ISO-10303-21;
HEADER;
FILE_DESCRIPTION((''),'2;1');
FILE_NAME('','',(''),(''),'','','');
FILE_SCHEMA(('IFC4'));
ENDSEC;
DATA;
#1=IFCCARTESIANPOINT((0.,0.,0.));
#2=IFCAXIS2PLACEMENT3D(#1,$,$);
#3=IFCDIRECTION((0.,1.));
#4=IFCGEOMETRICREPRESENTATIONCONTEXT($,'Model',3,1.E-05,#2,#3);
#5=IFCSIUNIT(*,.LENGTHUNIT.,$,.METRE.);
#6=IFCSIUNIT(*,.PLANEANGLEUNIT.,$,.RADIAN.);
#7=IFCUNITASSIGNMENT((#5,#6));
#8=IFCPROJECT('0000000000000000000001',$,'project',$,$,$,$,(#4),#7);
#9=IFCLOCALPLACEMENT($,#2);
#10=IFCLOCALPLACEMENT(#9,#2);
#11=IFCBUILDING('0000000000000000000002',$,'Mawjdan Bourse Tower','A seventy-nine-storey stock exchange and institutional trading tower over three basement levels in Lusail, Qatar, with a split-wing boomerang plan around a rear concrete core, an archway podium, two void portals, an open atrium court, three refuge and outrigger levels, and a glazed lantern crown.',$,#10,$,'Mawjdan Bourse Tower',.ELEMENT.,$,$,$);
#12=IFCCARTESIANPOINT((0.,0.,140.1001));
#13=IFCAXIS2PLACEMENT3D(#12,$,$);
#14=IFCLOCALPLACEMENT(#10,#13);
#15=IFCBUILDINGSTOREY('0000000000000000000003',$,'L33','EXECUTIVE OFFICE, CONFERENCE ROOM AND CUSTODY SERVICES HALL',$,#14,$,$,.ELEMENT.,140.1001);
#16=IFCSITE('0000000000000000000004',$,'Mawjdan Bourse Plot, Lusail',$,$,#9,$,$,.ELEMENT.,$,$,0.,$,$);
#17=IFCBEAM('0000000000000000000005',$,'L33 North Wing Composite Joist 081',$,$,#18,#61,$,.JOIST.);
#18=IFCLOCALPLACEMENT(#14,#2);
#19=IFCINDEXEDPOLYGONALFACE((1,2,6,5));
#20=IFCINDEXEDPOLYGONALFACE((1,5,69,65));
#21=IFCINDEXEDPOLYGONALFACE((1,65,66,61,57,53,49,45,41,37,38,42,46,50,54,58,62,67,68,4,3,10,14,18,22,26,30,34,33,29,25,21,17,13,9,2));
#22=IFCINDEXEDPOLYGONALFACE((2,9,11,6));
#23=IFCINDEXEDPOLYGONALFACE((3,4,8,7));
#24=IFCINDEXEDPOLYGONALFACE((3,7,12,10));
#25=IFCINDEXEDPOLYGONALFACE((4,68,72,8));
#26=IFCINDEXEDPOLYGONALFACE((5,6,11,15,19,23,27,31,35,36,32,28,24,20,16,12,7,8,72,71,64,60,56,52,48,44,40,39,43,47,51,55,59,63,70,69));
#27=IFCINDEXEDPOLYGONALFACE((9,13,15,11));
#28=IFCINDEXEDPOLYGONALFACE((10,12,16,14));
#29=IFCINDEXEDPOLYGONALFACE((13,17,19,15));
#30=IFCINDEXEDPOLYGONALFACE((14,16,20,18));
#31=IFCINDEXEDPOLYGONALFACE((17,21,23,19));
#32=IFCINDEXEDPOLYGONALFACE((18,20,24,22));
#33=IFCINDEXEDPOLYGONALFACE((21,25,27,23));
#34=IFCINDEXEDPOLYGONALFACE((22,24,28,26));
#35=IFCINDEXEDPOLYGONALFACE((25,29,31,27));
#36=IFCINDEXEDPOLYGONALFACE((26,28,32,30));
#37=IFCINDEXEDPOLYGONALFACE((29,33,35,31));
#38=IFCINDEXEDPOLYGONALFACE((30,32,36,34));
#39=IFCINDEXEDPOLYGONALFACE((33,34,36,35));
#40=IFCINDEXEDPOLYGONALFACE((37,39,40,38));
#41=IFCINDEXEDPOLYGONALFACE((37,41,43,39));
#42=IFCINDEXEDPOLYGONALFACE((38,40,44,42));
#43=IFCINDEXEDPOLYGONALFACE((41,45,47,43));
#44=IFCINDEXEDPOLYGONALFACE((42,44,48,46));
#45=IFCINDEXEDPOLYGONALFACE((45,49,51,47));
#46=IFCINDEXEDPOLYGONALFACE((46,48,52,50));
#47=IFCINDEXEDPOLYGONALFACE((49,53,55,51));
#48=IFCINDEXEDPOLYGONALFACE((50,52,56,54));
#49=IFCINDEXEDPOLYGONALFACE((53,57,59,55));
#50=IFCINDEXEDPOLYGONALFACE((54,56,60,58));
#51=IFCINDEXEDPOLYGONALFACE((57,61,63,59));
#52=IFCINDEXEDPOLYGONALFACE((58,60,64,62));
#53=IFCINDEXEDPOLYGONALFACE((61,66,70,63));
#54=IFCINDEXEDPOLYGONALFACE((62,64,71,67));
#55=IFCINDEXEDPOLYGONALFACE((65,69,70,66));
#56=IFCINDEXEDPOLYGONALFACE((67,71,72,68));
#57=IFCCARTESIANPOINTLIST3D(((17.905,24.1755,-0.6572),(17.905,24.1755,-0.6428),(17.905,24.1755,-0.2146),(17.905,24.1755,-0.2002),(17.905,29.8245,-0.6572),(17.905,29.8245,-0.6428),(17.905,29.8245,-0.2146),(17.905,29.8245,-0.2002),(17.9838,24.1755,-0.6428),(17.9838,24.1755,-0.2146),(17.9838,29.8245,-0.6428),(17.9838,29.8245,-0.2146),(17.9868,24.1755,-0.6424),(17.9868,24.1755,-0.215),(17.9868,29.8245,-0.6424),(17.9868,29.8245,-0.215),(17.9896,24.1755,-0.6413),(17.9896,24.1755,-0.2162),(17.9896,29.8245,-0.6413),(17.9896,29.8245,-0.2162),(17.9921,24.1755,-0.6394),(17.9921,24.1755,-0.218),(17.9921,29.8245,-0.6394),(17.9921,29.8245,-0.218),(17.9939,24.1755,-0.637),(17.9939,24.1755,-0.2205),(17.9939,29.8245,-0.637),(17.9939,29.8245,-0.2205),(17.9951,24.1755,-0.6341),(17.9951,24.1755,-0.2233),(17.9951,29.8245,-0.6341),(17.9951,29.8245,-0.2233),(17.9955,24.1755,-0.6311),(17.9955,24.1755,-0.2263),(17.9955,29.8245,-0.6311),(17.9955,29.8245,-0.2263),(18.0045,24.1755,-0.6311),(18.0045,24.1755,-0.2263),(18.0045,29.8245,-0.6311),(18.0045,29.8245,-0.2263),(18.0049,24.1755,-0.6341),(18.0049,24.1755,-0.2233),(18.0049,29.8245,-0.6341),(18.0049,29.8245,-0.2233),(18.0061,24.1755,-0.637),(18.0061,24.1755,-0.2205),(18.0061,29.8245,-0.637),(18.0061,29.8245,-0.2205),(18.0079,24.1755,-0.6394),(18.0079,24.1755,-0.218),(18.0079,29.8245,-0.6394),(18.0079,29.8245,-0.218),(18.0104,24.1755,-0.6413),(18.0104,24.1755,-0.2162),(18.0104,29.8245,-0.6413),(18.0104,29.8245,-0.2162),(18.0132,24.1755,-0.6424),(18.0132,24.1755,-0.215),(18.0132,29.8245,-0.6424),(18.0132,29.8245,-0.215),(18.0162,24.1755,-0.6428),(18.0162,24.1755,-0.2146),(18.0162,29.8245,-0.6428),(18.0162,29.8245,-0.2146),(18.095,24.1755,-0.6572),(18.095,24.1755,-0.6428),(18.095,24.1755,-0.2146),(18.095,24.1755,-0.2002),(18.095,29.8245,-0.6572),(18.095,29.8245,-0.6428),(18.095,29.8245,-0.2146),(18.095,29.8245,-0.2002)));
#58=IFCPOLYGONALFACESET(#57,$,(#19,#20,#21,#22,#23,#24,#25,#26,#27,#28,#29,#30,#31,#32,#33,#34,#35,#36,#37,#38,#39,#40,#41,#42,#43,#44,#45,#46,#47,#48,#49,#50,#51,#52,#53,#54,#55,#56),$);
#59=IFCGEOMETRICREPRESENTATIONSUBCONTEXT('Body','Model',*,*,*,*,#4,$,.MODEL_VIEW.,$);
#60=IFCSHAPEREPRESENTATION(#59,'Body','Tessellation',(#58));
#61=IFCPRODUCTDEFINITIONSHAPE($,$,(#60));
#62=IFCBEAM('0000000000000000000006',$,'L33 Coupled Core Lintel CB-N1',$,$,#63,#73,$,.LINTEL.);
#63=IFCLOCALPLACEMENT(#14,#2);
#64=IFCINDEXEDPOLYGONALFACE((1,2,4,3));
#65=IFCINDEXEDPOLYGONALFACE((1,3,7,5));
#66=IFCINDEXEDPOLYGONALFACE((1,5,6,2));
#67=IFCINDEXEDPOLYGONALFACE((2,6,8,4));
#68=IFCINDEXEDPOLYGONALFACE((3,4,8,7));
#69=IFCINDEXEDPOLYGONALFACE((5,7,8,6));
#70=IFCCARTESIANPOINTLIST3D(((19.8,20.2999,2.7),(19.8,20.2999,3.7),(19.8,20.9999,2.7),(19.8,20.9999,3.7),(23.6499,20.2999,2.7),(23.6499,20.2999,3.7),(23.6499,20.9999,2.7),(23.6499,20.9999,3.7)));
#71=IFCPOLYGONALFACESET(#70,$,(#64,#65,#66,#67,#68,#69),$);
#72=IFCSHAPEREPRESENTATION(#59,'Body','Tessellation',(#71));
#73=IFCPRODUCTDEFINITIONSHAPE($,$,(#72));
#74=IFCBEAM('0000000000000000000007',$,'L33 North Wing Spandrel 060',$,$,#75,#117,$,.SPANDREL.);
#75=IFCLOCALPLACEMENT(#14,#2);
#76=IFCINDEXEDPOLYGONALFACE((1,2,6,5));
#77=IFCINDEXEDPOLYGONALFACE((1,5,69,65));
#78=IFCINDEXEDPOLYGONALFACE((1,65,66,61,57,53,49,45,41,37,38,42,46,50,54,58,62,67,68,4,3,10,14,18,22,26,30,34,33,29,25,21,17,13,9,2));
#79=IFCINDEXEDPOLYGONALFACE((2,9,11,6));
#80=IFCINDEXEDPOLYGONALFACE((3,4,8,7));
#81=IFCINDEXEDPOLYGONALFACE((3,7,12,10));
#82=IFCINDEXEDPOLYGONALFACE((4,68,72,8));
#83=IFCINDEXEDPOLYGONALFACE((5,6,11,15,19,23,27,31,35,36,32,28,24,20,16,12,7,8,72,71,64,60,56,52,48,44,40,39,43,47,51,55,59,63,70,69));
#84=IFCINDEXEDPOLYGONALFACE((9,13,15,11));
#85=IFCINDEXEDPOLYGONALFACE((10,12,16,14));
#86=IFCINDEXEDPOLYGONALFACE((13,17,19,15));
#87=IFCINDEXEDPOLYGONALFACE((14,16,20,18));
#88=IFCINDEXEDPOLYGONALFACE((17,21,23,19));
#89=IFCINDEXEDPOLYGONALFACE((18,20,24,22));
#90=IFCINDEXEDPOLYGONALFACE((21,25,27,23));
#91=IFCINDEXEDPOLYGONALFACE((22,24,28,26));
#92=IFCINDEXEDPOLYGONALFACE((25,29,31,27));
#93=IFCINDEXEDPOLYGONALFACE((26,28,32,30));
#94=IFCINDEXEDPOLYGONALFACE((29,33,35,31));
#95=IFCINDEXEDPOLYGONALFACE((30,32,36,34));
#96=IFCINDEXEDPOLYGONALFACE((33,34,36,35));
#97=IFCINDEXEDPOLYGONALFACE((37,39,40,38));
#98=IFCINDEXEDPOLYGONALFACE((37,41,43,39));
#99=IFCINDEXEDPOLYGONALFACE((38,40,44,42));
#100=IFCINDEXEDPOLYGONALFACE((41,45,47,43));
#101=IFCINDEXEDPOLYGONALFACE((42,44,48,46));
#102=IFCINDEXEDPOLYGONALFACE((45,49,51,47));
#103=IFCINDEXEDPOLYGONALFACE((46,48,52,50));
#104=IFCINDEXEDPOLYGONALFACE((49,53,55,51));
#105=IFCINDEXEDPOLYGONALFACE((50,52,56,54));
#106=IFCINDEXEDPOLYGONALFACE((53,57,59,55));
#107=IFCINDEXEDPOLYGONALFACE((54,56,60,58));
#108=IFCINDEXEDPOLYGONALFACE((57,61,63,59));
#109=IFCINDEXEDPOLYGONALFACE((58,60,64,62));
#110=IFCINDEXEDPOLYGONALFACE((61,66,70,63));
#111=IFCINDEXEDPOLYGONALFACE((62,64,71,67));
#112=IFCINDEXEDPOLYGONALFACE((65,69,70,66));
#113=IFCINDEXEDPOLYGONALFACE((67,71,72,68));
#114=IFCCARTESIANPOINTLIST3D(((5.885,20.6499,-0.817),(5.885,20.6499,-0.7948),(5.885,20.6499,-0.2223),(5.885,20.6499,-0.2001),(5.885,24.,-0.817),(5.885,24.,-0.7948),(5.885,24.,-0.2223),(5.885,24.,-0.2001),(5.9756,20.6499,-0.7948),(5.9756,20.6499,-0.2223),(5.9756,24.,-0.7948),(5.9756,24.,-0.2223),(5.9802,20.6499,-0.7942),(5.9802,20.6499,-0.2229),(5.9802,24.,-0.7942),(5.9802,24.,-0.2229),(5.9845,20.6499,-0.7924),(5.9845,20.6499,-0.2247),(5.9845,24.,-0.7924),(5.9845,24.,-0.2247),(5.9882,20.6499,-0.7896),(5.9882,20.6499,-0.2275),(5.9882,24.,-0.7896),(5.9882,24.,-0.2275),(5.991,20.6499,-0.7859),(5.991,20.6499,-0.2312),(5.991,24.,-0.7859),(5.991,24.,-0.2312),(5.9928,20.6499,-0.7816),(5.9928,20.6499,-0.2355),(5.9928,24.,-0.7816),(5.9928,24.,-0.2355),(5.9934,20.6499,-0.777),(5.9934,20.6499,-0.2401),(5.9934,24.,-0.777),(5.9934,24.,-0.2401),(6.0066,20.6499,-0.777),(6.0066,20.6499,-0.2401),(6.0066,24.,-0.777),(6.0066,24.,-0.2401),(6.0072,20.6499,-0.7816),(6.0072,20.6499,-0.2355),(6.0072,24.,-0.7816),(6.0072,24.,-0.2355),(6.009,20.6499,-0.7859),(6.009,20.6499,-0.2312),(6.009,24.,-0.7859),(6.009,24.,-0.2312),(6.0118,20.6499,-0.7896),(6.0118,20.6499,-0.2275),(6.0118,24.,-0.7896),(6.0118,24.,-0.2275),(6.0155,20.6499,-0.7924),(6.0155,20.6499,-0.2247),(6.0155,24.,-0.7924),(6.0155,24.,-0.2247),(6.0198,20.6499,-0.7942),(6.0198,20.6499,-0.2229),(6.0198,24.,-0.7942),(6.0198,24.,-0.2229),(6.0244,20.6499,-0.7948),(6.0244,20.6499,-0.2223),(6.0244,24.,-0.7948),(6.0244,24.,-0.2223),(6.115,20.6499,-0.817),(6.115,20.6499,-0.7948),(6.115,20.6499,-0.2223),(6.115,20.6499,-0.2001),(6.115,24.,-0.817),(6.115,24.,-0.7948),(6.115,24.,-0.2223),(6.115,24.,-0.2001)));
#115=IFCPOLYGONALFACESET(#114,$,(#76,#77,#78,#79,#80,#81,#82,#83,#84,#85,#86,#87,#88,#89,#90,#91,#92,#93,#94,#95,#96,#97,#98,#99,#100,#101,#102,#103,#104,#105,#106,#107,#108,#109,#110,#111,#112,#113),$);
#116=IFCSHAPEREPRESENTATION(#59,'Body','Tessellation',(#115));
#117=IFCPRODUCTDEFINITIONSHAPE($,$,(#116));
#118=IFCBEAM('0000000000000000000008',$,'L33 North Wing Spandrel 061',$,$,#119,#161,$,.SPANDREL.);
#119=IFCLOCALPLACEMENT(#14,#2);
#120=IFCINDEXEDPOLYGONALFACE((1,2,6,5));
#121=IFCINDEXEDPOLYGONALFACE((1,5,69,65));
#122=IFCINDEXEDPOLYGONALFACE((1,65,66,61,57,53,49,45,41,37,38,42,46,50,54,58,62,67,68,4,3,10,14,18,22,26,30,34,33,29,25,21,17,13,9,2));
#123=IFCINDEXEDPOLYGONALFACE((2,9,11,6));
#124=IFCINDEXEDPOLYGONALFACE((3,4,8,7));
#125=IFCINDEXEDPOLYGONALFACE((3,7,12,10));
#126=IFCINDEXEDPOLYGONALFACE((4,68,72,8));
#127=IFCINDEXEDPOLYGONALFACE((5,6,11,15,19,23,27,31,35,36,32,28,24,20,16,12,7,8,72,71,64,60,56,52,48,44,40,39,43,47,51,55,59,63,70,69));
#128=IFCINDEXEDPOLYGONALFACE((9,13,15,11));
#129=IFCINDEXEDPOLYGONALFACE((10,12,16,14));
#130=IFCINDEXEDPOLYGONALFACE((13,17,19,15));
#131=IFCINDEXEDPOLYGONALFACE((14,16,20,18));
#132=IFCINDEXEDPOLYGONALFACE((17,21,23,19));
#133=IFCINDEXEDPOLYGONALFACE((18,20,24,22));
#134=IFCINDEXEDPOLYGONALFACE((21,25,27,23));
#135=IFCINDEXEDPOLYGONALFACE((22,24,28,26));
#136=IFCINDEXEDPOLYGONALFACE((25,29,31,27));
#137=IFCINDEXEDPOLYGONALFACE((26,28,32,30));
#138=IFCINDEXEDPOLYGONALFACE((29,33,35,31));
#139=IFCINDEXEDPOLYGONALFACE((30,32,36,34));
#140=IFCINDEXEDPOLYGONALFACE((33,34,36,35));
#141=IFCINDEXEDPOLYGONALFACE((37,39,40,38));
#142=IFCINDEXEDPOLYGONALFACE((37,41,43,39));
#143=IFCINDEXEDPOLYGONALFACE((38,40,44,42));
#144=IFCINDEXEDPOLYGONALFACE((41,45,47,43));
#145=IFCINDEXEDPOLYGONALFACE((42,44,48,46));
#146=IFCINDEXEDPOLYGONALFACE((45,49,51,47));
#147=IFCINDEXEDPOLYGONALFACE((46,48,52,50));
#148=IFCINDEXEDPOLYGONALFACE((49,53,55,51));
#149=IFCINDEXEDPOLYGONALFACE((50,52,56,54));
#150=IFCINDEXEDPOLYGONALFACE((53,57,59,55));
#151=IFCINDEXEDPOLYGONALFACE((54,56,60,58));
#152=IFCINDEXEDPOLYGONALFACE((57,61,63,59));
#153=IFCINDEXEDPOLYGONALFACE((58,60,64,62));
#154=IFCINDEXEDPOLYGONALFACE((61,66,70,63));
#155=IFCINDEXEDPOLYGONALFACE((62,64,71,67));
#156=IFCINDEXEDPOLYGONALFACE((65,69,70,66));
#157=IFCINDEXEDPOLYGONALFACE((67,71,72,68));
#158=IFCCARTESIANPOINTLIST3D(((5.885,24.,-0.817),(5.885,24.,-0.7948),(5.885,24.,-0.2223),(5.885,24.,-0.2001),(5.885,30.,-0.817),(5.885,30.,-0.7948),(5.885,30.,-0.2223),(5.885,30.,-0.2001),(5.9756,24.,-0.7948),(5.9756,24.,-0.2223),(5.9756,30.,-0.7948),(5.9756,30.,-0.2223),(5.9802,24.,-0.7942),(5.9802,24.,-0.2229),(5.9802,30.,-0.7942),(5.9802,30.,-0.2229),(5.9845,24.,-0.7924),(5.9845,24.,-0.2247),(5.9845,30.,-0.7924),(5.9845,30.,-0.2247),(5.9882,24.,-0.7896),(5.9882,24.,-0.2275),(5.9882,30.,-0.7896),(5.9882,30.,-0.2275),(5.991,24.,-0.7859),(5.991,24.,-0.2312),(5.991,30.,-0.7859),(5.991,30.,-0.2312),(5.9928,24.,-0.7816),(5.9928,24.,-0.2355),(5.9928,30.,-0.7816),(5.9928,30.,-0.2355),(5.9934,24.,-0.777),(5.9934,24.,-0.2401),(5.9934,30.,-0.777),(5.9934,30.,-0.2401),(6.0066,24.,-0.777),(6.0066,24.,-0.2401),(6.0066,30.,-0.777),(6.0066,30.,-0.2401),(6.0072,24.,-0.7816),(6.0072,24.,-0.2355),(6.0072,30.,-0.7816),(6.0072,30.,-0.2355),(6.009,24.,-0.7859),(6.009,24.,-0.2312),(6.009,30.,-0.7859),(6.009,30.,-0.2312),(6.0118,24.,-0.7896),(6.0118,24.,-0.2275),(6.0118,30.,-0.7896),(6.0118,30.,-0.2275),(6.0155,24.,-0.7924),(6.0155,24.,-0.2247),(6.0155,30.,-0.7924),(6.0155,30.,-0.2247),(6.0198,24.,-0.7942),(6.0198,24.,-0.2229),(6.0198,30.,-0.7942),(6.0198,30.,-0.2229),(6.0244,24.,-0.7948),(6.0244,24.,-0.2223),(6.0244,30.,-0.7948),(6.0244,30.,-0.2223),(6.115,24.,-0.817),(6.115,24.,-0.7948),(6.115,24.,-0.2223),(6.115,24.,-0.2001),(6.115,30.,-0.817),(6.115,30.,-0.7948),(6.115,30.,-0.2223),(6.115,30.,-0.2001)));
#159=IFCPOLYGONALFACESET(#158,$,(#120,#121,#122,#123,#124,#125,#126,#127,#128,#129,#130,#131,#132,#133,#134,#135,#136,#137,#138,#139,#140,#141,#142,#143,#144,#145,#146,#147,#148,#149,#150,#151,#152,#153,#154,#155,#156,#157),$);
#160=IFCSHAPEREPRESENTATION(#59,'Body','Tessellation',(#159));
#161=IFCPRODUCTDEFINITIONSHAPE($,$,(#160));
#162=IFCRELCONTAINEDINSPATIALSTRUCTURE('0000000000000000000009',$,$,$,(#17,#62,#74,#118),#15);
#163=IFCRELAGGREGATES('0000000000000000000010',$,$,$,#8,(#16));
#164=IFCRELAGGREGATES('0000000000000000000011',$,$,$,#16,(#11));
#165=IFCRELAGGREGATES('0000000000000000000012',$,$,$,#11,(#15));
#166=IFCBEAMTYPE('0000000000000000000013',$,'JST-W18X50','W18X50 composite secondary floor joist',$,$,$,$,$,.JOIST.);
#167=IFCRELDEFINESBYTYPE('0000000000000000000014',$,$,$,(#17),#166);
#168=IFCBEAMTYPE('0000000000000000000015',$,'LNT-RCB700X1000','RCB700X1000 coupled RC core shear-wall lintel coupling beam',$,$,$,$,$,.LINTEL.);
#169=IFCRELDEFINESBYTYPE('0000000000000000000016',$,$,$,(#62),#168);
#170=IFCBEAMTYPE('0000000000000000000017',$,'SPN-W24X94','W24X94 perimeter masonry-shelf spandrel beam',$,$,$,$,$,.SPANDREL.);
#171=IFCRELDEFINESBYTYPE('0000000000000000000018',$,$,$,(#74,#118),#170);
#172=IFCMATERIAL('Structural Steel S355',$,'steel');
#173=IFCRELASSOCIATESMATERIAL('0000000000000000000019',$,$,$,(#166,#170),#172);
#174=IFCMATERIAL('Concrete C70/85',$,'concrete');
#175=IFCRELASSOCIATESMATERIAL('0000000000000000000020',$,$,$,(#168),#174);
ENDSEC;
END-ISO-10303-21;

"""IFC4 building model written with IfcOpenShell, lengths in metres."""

from ifc_helpers import new_model, si_unit, direction, frame, origin, origin_2d, place, context, subcontext, project, spatial, rectangle, i_section, extrude, material, material_profile, profile_set, type_object, element, save


model = new_model("IFC4")

# Units and contexts
model_context = context("Model", 3, precision=1e-05, world=origin(), true_north=direction((0.0, 1.0)))
body_context = subcontext(model_context, "Body", "Model", "MODEL_VIEW")
ifc_project = project(units=[si_unit("LENGTHUNIT", "METRE"), si_unit("PLANEANGLEUNIT", "RADIAN")], contexts=[model_context])

# Site, building, storey
site_placement = place(None, origin())
site = spatial("IfcSite", under=ifc_project, at=site_placement, Name="Mawjdan Bourse Plot, Lusail", CompositionType="ELEMENT", RefElevation=0.0)
building_placement = place(site_placement, origin())
building = spatial("IfcBuilding", under=site, at=building_placement, Name="Mawjdan Bourse Tower", Description="A seventy-nine-storey stock exchange and institutional trading tower over three basement levels in Lusail, Qatar, with a split-wing boomerang plan around a rear concrete core, an archway podium, two void portals, an open atrium court, three refuge and outrigger levels, and a glazed lantern crown.", LongName="Mawjdan Bourse Tower", CompositionType="ELEMENT")
storey_placement = place(building_placement, frame((0.0, 0.0, 140.1001)))
storey = spatial("IfcBuildingStorey", under=building, at=storey_placement, Name="L33", Description="EXECUTIVE OFFICE, CONFERENCE ROOM AND CUSTODY SERVICES HALL", CompositionType="ELEMENT", Elevation=140.1001)

# Shared definitions
ifc_material_1 = material(Name="Concrete C70/85", Category="concrete")

# Beams
ifc_material_2 = material(Name="Structural Steel S355", Category="steel")
ifc_material_profile_1 = material_profile(ifc_material_2, i_section(OverallWidth=0.1899, OverallDepth=0.457, WebThickness=0.009, FlangeThickness=0.0144, FilletRadius=0.0117, at=origin_2d()), Name="W18X50")
ifc_profile_set_1 = profile_set([ifc_material_profile_1], Name="Structural Steel S355")
beam_type_1 = type_object("IfcBeamType", Name="JST-W18X50", Description="W18X50 composite secondary floor joist", PredefinedType="JOIST", material=ifc_profile_set_1)
beam_1_placement = place(storey_placement, frame((18.0, 24.1755, -0.4287), z_axis=(0.0, 1.0, 0.0), x_axis=(-1.0, 0.0, 0.0)))
element("IfcBeam", 1, at=beam_1_placement, inside=storey, type_object=beam_type_1, Name="L33 North Wing Composite Joist 081", PredefinedType="JOIST", context=body_context, shape_type="SweptSolid", body=[
    extrude(i_section(OverallWidth=0.1899, OverallDepth=0.457, WebThickness=0.009, FlangeThickness=0.0144, FilletRadius=0.0117, at=origin_2d()), origin(), (0.0, 0.0, 1.0), 5.6489),
])
ifc_material_profile_2 = material_profile(ifc_material_1, rectangle(XDim=0.7, YDim=1.0, at=origin_2d()), Name="RCB700X1000")
ifc_profile_set_2 = profile_set([ifc_material_profile_2], Name="Concrete C70/85")
beam_type_2 = type_object("IfcBeamType", Name="LNT-RCB700X1000", Description="RCB700X1000 coupled RC core shear-wall lintel coupling beam", PredefinedType="LINTEL", material=ifc_profile_set_2)
beam_2_placement = place(storey_placement, frame((19.8, 20.6499, 3.2), z_axis=(1.0, 0.0, 0.0), x_axis=(0.0, 1.0, 0.0)))
element("IfcBeam", 2, at=beam_2_placement, inside=storey, type_object=beam_type_2, Name="L33 Coupled Core Lintel CB-N1", PredefinedType="LINTEL", context=body_context, shape_type="SweptSolid", body=[
    extrude(rectangle(XDim=0.7, YDim=1.0, at=origin_2d()), origin(), (0.0, 0.0, 1.0), 3.8499),
])
ifc_material_profile_3 = material_profile(ifc_material_2, i_section(OverallWidth=0.23, OverallDepth=0.6169, WebThickness=0.0132, FlangeThickness=0.0222, FilletRadius=0.0178, at=origin_2d()), Name="W24X94")
ifc_profile_set_3 = profile_set([ifc_material_profile_3], Name="Structural Steel S355")
beam_type_3 = type_object("IfcBeamType", Name="SPN-W24X94", Description="W24X94 perimeter masonry-shelf spandrel beam", PredefinedType="SPANDREL", material=ifc_profile_set_3)
beam_3_placement = place(storey_placement, frame((6.0, 20.6499, -0.5085), z_axis=(0.0, 1.0, 0.0), x_axis=(-1.0, 0.0, 0.0)))
element("IfcBeam", 3, at=beam_3_placement, inside=storey, type_object=beam_type_3, Name="L33 North Wing Spandrel 060", PredefinedType="SPANDREL", context=body_context, shape_type="SweptSolid", body=[
    extrude(i_section(OverallWidth=0.23, OverallDepth=0.6169, WebThickness=0.0132, FlangeThickness=0.0222, FilletRadius=0.0178, at=origin_2d()), origin(), (0.0, 0.0, 1.0), 3.3501),
])
beam_4_placement = place(storey_placement, frame((6.0, 24.0, -0.5085), z_axis=(0.0, 1.0, 0.0), x_axis=(-1.0, 0.0, 0.0)))
element("IfcBeam", 4, at=beam_4_placement, inside=storey, type_object=beam_type_3, Name="L33 North Wing Spandrel 061", PredefinedType="SPANDREL", context=body_context, shape_type="SweptSolid", body=[
    extrude(i_section(OverallWidth=0.23, OverallDepth=0.6169, WebThickness=0.0132, FlangeThickness=0.0222, FilletRadius=0.0178, at=origin_2d()), origin(), (0.0, 0.0, 1.0), 6.0),
])

save(model, "model.ifc")
